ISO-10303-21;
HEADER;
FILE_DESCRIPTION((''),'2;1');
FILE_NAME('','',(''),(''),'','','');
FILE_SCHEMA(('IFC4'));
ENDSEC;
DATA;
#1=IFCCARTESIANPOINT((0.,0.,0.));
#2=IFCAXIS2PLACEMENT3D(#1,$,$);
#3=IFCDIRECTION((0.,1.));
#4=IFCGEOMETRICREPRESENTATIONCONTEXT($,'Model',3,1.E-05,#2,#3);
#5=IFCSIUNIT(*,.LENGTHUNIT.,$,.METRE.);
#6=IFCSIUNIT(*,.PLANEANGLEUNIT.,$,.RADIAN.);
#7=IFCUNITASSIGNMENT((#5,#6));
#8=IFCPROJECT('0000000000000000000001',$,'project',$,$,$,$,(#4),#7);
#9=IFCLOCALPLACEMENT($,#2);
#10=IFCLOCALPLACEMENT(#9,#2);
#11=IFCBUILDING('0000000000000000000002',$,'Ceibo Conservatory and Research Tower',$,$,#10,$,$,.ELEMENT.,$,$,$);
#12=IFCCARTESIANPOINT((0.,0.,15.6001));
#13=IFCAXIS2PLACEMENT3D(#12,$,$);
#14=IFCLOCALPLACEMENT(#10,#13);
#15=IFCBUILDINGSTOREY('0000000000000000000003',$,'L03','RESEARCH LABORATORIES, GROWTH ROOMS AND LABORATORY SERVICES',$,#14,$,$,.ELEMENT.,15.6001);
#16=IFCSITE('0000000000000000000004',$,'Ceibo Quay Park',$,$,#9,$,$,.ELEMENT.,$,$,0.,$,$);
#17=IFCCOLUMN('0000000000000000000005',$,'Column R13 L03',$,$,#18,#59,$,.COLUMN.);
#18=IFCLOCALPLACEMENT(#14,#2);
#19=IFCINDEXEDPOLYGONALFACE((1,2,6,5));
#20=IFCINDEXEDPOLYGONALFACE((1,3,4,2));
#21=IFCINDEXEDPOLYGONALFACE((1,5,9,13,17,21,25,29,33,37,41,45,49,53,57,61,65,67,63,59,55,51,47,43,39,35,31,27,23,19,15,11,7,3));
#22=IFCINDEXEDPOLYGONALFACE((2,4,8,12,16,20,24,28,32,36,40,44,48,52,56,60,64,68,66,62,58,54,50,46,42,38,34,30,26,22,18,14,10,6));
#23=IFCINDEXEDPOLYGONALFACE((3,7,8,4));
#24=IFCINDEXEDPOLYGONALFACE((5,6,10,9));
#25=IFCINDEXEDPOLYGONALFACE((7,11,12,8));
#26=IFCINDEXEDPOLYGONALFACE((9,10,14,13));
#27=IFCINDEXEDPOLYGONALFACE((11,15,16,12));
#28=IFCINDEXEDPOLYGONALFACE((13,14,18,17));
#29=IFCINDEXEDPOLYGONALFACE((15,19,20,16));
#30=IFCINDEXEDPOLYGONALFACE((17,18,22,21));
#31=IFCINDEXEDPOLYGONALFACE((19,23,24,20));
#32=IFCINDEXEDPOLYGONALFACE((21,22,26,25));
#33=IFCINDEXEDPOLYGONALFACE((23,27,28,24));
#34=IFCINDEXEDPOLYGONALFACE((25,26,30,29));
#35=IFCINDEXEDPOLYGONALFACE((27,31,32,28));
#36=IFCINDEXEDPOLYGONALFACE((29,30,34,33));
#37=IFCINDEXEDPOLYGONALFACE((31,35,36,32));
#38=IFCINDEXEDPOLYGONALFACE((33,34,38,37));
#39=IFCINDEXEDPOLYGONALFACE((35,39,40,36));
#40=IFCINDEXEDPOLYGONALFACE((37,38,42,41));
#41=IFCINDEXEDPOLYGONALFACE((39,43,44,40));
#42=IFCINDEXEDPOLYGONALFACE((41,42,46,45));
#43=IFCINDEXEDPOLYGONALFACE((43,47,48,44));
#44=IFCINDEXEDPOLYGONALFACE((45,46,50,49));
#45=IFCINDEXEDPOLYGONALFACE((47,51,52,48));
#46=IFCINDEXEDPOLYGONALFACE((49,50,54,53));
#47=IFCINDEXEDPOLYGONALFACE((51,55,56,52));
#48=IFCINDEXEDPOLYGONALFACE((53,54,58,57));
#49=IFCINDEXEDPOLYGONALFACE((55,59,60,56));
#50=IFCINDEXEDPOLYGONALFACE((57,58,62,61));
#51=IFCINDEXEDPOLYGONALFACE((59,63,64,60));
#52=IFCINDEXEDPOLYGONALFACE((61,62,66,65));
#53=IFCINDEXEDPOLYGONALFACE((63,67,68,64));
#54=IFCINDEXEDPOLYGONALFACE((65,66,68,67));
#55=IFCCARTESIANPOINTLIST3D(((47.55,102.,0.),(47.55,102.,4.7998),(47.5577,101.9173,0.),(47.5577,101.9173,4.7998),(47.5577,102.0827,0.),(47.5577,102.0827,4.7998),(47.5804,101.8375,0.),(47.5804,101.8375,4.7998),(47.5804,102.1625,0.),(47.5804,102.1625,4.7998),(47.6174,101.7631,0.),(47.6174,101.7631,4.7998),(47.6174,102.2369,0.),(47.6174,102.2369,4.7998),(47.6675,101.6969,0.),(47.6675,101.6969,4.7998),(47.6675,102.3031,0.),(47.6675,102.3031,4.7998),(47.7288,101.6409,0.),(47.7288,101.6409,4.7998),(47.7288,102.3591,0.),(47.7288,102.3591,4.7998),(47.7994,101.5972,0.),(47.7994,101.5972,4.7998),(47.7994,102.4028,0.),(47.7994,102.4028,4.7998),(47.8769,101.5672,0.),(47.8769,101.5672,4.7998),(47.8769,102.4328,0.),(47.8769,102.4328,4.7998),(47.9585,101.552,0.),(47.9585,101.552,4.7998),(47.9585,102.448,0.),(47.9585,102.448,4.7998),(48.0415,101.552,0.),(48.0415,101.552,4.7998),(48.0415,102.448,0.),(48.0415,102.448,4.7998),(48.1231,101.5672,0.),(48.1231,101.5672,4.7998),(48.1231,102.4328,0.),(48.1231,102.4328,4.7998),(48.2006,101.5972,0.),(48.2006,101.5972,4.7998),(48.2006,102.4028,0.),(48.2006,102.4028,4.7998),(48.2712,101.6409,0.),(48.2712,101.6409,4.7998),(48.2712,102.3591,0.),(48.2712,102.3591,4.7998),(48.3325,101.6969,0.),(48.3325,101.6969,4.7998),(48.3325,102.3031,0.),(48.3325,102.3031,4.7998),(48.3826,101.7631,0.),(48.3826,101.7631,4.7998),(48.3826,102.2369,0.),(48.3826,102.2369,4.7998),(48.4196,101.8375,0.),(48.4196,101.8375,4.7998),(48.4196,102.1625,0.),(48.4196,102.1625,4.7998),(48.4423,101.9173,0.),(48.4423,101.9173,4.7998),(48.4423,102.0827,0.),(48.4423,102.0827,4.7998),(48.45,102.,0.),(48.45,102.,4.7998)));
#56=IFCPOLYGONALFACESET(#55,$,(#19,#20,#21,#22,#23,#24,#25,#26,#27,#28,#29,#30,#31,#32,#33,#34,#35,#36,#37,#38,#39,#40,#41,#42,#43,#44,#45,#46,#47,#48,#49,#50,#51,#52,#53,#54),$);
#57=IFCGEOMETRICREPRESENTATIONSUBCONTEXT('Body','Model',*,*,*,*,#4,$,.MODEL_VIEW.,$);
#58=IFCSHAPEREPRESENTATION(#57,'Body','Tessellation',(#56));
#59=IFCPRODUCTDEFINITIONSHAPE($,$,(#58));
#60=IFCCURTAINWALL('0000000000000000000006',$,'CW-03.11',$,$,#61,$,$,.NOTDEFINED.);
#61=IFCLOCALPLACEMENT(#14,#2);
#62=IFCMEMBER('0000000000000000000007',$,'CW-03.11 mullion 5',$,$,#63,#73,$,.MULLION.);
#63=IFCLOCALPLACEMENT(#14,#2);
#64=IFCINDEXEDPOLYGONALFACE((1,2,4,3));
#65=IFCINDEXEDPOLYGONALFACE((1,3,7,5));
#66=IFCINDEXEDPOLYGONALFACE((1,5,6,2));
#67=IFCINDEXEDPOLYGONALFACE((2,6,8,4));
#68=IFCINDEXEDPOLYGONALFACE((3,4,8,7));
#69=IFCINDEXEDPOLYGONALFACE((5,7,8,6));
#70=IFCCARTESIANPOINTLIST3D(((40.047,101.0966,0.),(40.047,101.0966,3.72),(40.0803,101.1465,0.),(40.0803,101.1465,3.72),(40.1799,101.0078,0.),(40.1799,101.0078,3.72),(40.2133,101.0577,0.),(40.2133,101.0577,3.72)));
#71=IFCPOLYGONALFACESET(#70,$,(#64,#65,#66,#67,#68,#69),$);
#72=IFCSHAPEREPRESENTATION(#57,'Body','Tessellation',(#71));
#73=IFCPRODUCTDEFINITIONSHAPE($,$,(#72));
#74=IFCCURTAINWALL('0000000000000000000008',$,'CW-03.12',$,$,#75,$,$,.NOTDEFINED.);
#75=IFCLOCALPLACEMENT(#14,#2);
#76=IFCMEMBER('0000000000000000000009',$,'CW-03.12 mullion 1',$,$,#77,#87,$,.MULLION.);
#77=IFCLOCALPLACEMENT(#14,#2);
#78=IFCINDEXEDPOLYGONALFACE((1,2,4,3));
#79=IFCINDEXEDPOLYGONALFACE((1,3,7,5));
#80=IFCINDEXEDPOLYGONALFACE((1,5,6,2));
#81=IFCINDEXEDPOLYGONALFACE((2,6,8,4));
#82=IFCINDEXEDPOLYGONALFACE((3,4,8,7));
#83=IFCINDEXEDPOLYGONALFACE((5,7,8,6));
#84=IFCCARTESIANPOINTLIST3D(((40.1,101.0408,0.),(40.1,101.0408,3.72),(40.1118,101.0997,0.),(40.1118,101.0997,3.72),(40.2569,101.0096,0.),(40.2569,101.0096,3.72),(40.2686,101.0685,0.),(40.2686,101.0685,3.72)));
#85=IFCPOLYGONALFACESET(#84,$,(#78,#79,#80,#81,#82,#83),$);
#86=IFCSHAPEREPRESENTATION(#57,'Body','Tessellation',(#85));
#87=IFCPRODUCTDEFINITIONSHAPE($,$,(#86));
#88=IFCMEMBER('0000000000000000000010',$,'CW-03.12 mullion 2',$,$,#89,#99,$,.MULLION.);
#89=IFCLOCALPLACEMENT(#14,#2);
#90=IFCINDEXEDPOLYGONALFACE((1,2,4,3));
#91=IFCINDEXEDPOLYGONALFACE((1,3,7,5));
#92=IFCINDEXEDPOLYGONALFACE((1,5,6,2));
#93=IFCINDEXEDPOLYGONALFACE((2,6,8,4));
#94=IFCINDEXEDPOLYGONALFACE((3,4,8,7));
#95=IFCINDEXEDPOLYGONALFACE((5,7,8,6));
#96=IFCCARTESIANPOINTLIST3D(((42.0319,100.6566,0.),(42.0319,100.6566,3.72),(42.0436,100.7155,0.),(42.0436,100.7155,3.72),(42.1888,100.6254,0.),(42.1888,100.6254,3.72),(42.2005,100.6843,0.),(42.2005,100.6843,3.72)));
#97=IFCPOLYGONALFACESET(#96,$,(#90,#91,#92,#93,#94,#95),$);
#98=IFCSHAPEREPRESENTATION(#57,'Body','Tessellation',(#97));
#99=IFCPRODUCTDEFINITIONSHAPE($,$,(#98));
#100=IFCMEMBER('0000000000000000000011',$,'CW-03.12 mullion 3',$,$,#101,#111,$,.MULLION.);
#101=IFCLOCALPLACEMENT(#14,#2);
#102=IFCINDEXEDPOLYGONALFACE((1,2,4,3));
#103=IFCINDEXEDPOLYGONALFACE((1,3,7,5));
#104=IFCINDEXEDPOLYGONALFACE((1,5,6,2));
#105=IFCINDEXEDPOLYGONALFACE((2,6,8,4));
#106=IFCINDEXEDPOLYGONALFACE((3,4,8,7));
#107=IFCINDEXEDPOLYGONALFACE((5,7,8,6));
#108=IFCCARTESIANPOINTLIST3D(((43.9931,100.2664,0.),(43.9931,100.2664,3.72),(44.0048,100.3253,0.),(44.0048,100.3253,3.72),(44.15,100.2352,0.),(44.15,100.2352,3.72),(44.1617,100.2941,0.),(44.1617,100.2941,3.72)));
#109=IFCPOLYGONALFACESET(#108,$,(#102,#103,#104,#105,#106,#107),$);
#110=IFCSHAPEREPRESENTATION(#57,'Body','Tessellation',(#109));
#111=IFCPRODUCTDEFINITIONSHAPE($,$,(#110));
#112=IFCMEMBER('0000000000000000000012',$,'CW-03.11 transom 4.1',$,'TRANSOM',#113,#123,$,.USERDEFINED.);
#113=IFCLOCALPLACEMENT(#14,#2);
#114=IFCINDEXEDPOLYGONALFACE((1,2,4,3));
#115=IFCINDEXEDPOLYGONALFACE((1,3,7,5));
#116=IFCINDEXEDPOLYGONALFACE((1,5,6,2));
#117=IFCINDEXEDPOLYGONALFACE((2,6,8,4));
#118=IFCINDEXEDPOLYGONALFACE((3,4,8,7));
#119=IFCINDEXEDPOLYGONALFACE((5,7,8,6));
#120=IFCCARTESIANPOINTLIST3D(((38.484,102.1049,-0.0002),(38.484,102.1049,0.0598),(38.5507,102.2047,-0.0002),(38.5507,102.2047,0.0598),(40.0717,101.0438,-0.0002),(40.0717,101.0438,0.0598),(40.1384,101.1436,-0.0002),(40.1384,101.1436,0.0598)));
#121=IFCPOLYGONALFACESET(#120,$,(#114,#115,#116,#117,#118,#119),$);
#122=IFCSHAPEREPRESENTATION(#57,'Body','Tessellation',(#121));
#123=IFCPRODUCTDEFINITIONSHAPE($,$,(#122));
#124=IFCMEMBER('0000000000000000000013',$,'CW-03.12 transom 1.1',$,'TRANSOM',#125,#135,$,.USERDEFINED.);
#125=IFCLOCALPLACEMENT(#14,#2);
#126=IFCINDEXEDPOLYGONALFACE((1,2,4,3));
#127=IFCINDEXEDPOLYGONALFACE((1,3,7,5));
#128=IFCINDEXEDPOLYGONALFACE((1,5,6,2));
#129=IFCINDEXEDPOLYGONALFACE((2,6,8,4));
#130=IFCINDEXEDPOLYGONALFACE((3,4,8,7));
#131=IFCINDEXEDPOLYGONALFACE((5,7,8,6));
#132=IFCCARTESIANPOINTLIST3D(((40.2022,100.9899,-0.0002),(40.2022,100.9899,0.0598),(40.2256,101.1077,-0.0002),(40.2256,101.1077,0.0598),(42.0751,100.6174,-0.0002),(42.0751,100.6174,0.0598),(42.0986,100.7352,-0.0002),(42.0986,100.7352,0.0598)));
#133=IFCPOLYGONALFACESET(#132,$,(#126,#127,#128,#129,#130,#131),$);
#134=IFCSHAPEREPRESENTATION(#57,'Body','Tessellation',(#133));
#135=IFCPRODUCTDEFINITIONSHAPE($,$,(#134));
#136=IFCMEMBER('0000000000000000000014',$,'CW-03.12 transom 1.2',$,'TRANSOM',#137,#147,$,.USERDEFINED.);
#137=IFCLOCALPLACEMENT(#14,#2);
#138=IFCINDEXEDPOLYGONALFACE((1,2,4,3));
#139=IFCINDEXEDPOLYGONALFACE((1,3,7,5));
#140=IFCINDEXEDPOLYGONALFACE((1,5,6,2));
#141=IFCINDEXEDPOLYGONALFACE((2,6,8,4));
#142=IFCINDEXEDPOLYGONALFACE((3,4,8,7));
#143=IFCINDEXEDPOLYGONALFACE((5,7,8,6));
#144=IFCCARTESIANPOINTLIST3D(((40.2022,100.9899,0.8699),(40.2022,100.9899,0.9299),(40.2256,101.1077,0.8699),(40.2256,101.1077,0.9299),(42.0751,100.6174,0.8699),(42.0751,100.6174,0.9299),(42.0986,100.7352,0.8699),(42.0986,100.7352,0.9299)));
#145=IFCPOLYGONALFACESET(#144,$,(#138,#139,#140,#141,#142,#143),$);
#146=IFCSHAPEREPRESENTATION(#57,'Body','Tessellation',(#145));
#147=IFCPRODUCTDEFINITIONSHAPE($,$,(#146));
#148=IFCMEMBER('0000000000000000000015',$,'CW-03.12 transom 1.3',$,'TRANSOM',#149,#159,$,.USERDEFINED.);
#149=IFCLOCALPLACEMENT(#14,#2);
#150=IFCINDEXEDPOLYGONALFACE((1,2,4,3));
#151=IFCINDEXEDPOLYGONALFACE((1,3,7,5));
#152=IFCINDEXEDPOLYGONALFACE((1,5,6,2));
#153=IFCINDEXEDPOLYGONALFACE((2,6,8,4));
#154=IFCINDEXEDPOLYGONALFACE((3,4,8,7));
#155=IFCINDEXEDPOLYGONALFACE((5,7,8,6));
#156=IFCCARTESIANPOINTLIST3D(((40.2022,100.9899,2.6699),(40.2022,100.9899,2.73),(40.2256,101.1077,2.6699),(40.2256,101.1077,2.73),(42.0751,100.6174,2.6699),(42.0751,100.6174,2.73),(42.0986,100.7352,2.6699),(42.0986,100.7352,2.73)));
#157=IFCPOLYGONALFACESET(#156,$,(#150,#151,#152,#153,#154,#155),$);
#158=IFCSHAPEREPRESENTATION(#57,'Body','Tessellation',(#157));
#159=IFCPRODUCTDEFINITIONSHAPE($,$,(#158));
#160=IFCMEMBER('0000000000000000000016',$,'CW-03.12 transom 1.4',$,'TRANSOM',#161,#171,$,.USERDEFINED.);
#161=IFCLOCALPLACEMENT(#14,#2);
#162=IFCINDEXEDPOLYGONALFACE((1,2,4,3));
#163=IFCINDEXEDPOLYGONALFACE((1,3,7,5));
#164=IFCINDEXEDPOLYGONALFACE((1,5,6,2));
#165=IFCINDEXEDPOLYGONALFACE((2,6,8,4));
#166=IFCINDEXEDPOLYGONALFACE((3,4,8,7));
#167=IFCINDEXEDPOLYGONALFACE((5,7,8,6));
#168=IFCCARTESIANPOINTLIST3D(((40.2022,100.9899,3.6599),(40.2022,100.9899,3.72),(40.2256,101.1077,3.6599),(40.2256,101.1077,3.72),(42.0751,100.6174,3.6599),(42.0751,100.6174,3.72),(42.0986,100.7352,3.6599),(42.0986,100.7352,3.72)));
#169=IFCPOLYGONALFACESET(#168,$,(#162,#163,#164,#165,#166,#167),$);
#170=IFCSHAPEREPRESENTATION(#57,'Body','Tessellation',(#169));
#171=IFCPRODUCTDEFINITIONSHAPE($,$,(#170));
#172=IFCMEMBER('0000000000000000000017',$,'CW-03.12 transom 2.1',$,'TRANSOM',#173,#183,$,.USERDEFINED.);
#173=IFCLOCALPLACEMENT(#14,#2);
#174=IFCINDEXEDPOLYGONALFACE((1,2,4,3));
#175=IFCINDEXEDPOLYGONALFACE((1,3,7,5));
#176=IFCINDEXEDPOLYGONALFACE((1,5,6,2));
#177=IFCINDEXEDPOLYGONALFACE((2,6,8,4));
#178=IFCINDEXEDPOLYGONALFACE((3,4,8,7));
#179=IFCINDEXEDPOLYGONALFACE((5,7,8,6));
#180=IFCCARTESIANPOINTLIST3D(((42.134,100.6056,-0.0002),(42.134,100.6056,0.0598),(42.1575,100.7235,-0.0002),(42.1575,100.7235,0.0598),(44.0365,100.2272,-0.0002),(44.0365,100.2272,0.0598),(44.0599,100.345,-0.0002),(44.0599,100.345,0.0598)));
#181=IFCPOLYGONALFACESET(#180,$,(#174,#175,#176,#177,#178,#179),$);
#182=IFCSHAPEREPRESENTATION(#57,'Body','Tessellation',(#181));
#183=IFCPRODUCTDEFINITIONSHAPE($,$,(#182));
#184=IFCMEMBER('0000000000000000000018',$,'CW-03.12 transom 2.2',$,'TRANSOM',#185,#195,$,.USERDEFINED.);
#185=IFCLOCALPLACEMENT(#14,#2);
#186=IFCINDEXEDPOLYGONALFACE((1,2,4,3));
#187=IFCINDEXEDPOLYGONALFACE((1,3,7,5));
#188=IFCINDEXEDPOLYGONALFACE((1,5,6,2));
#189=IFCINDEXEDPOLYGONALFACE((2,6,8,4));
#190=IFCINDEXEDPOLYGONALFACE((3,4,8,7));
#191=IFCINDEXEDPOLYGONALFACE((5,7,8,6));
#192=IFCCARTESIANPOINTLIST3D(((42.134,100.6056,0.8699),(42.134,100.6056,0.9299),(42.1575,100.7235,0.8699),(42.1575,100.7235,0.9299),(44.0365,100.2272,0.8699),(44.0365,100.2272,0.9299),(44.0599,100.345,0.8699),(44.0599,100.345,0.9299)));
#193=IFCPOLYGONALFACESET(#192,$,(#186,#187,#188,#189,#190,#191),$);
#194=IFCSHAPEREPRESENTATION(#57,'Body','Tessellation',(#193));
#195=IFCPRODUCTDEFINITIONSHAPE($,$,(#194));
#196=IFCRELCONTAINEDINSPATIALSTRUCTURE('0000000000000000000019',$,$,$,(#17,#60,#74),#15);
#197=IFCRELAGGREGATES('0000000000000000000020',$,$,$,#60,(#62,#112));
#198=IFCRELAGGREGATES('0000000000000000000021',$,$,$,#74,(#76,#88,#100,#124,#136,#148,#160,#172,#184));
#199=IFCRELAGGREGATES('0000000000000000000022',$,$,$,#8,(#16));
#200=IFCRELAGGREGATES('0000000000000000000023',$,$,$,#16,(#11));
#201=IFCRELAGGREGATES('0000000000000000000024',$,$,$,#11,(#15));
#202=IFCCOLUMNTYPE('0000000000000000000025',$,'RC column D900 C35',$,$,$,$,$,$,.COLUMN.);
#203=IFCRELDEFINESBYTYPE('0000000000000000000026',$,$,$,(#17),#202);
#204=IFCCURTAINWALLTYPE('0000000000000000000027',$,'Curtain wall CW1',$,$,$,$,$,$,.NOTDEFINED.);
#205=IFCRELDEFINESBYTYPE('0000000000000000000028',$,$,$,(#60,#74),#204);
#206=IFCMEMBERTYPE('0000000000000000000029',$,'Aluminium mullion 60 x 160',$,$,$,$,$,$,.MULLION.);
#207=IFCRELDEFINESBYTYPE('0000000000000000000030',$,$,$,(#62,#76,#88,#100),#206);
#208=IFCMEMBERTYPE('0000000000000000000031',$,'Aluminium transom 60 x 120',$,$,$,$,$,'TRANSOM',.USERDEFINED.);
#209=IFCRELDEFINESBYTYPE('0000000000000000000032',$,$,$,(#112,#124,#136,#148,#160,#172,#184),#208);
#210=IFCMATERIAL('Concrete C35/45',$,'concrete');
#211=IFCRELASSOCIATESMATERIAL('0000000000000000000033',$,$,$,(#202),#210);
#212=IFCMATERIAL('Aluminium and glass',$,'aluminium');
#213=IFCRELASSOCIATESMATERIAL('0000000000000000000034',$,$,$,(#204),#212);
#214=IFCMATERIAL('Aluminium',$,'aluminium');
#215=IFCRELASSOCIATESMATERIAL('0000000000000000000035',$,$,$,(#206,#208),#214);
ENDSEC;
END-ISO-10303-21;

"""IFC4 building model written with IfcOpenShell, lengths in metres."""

from ifc_helpers import new_model, si_unit, direction, frame, origin, origin_2d, place, context, subcontext, project, spatial, rectangle, circle, extrude, material, material_profile, profile_set, type_object, element, aggregate, save


model = new_model("IFC4")

# Units and contexts
model_context = context("Model", 3, precision=1e-05, world=origin(), true_north=direction((0.0, 1.0)))
body_context = subcontext(model_context, "Body", "Model", "MODEL_VIEW")
ifc_project = project(units=[si_unit("LENGTHUNIT", "METRE"), si_unit("PLANEANGLEUNIT", "RADIAN")], contexts=[model_context])

# Site, building, storey
site_placement = place(None, origin())
site = spatial("IfcSite", under=ifc_project, at=site_placement, Name="Ceibo Quay Park", CompositionType="ELEMENT", RefElevation=0.0)
building_placement = place(site_placement, origin())
building = spatial("IfcBuilding", under=site, at=building_placement, Name="Ceibo Conservatory and Research Tower", CompositionType="ELEMENT")
storey_placement = place(building_placement, frame((0.0, 0.0, 15.6001)))
storey = spatial("IfcBuildingStorey", under=building, at=storey_placement, Name="L03", Description="RESEARCH LABORATORIES, GROWTH ROOMS AND LABORATORY SERVICES", CompositionType="ELEMENT", Elevation=15.6001)

# Column
ifc_material_1 = material(Name="Concrete C35/45", Category="concrete")
ifc_material_profile_1 = material_profile(ifc_material_1, circle(Radius=0.45, at=origin_2d()), Name="RC D900")
ifc_profile_set_1 = profile_set([ifc_material_profile_1], Name="Concrete C35/45")
column_type = type_object("IfcColumnType", Name="RC column D900 C35", PredefinedType="COLUMN", material=ifc_profile_set_1)
column_placement = place(storey_placement, frame((48.0, 102.0, 0.0), z_axis=(0.0, 0.0, 1.0), x_axis=(1.0, 0.0, 0.0)))
element("IfcColumn", 1, at=column_placement, inside=storey, type_object=column_type, Name="Column R13 L03", PredefinedType="COLUMN", context=body_context, shape_type="SweptSolid", body=[
    extrude(circle(Radius=0.45, at=origin_2d()), origin(), (0.0, 0.0, 1.0), 4.7998),
])

# Curtain wall, member
ifc_material_2 = material(Name="Aluminium and glass", Category="aluminium")
curtain_wall_type = type_object("IfcCurtainWallType", Name="Curtain wall CW1", PredefinedType="NOTDEFINED", material=ifc_material_2)
curtain_wall_1_placement = place(storey_placement, origin())
curtain_wall_1 = element("IfcCurtainWall", 2, at=curtain_wall_1_placement, inside=storey, type_object=curtain_wall_type, Name="CW-03.11", PredefinedType="NOTDEFINED")
ifc_material_3 = material(Name="Aluminium", Category="aluminium")
ifc_material_profile_2 = material_profile(ifc_material_3, rectangle(XDim=0.0601, YDim=0.1599, at=origin_2d()), Name="Aluminium 60 x 160")
ifc_profile_set_2 = profile_set([ifc_material_profile_2], Name="Aluminium")
member_type_1 = type_object("IfcMemberType", Name="Aluminium mullion 60 x 160", PredefinedType="MULLION", material=ifc_profile_set_2)
member_1_placement = place(storey_placement, frame((40.1301, 101.0771, 0.0), z_axis=(0.0, 0.0, 1.0), x_axis=(0.55557, 0.83147, 0.0)))
member_1 = element("IfcMember", 3, at=member_1_placement, type_object=member_type_1, Name="CW-03.11 mullion 5", PredefinedType="MULLION", context=body_context, shape_type="SweptSolid", body=[
    extrude(rectangle(XDim=0.0601, YDim=0.1599, at=origin_2d()), origin(), (0.0, 0.0, 1.0), 3.72),
])

# Curtain wall, members
curtain_wall_2_placement = place(storey_placement, origin())
curtain_wall_2 = element("IfcCurtainWall", 4, at=curtain_wall_2_placement, inside=storey, type_object=curtain_wall_type, Name="CW-03.12", PredefinedType="NOTDEFINED")
member_2_placement = place(storey_placement, frame((40.1843, 101.0547, 0.0), z_axis=(0.0, 0.0, 1.0), x_axis=(0.19509, 0.980785, 0.0)))
member_2 = element("IfcMember", 5, at=member_2_placement, type_object=member_type_1, Name="CW-03.12 mullion 1", PredefinedType="MULLION", context=body_context, shape_type="SweptSolid", body=[
    extrude(rectangle(XDim=0.0601, YDim=0.1599, at=origin_2d()), origin(), (0.0, 0.0, 1.0), 3.72),
])
member_3_placement = place(storey_placement, frame((42.1162, 100.6704, 0.0), z_axis=(0.0, 0.0, 1.0), x_axis=(0.19509, 0.980785, 0.0)))
member_3 = element("IfcMember", 6, at=member_3_placement, type_object=member_type_1, Name="CW-03.12 mullion 2", PredefinedType="MULLION", context=body_context, shape_type="SweptSolid", body=[
    extrude(rectangle(XDim=0.0601, YDim=0.1599, at=origin_2d()), origin(), (0.0, 0.0, 1.0), 3.72),
])
member_4_placement = place(storey_placement, frame((44.0774, 100.2803, 0.0), z_axis=(0.0, 0.0, 1.0), x_axis=(0.19509, 0.980785, 0.0)))
member_4 = element("IfcMember", 7, at=member_4_placement, type_object=member_type_1, Name="CW-03.12 mullion 3", PredefinedType="MULLION", context=body_context, shape_type="SweptSolid", body=[
    extrude(rectangle(XDim=0.0601, YDim=0.1599, at=origin_2d()), origin(), (0.0, 0.0, 1.0), 3.72),
])

# Members
ifc_material_profile_3 = material_profile(ifc_material_3, rectangle(XDim=0.1201, YDim=0.0601, at=origin_2d()), Name="Aluminium 60 x 120")
ifc_profile_set_3 = profile_set([ifc_material_profile_3], Name="Aluminium")
member_type_2 = type_object("IfcMemberType", Name="Aluminium transom 60 x 120", ElementType="TRANSOM", PredefinedType="USERDEFINED", material=ifc_profile_set_3)
member_5_placement = place(storey_placement, frame((38.5173, 102.1548, 0.0298), z_axis=(0.83142, -0.555644, 0.0), x_axis=(0.555644, 0.83142, 0.0)))
member_5 = element("IfcMember", 8, at=member_5_placement, type_object=member_type_2, Name="CW-03.11 transom 4.1", ObjectType="TRANSOM", PredefinedType="USERDEFINED", context=body_context, shape_type="SweptSolid", body=[
    extrude(rectangle(XDim=0.1201, YDim=0.0601, at=origin_2d()), origin(), (0.0, 0.0, 1.0), 1.9097),
])
member_6_placement = place(storey_placement, frame((40.2139, 101.0488, 0.0298), z_axis=(0.980787, -0.195083, 0.0), x_axis=(0.195083, 0.980787, 0.0)))
member_6 = element("IfcMember", 9, at=member_6_placement, type_object=member_type_2, Name="CW-03.12 transom 1.1", ObjectType="TRANSOM", PredefinedType="USERDEFINED", context=body_context, shape_type="SweptSolid", body=[
    extrude(rectangle(XDim=0.1201, YDim=0.0601, at=origin_2d()), origin(), (0.0, 0.0, 1.0), 1.9097),
])
member_7_placement = place(storey_placement, frame((40.2139, 101.0488, 0.8999), z_axis=(0.980787, -0.195083, 0.0), x_axis=(0.195083, 0.980787, 0.0)))
member_7 = element("IfcMember", 10, at=member_7_placement, type_object=member_type_2, Name="CW-03.12 transom 1.2", ObjectType="TRANSOM", PredefinedType="USERDEFINED", context=body_context, shape_type="SweptSolid", body=[
    extrude(rectangle(XDim=0.1201, YDim=0.0601, at=origin_2d()), origin(), (0.0, 0.0, 1.0), 1.9097),
])
member_8_placement = place(storey_placement, frame((40.2139, 101.0488, 2.7), z_axis=(0.980787, -0.195083, 0.0), x_axis=(0.195083, 0.980787, 0.0)))
member_8 = element("IfcMember", 11, at=member_8_placement, type_object=member_type_2, Name="CW-03.12 transom 1.3", ObjectType="TRANSOM", PredefinedType="USERDEFINED", context=body_context, shape_type="SweptSolid", body=[
    extrude(rectangle(XDim=0.1201, YDim=0.0601, at=origin_2d()), origin(), (0.0, 0.0, 1.0), 1.9097),
])
member_9_placement = place(storey_placement, frame((40.2139, 101.0488, 3.6899), z_axis=(0.980787, -0.195083, 0.0), x_axis=(0.195083, 0.980787, 0.0)))
member_9 = element("IfcMember", 12, at=member_9_placement, type_object=member_type_2, Name="CW-03.12 transom 1.4", ObjectType="TRANSOM", PredefinedType="USERDEFINED", context=body_context, shape_type="SweptSolid", body=[
    extrude(rectangle(XDim=0.1201, YDim=0.0601, at=origin_2d()), origin(), (0.0, 0.0, 1.0), 1.9097),
])
member_10_placement = place(storey_placement, frame((42.1458, 100.6646, 0.0298), z_axis=(0.980783, -0.195099, 0.0), x_axis=(0.195099, 0.980783, 0.0)))
member_10 = element("IfcMember", 13, at=member_10_placement, type_object=member_type_2, Name="CW-03.12 transom 2.1", ObjectType="TRANSOM", PredefinedType="USERDEFINED", context=body_context, shape_type="SweptSolid", body=[
    extrude(rectangle(XDim=0.1201, YDim=0.0601, at=origin_2d()), origin(), (0.0, 0.0, 1.0), 1.9397),
])
member_11_placement = place(storey_placement, frame((42.1458, 100.6646, 0.8999), z_axis=(0.980783, -0.195099, 0.0), x_axis=(0.195099, 0.980783, 0.0)))
member_11 = element("IfcMember", 14, at=member_11_placement, type_object=member_type_2, Name="CW-03.12 transom 2.2", ObjectType="TRANSOM", PredefinedType="USERDEFINED", context=body_context, shape_type="SweptSolid", body=[
    extrude(rectangle(XDim=0.1201, YDim=0.0601, at=origin_2d()), origin(), (0.0, 0.0, 1.0), 1.9397),
])

aggregate(curtain_wall_1, [member_1, member_5])
aggregate(curtain_wall_2, [member_2, member_3, member_4, member_6, member_7, member_8, member_9, member_10, member_11])

save(model, "model.ifc")
